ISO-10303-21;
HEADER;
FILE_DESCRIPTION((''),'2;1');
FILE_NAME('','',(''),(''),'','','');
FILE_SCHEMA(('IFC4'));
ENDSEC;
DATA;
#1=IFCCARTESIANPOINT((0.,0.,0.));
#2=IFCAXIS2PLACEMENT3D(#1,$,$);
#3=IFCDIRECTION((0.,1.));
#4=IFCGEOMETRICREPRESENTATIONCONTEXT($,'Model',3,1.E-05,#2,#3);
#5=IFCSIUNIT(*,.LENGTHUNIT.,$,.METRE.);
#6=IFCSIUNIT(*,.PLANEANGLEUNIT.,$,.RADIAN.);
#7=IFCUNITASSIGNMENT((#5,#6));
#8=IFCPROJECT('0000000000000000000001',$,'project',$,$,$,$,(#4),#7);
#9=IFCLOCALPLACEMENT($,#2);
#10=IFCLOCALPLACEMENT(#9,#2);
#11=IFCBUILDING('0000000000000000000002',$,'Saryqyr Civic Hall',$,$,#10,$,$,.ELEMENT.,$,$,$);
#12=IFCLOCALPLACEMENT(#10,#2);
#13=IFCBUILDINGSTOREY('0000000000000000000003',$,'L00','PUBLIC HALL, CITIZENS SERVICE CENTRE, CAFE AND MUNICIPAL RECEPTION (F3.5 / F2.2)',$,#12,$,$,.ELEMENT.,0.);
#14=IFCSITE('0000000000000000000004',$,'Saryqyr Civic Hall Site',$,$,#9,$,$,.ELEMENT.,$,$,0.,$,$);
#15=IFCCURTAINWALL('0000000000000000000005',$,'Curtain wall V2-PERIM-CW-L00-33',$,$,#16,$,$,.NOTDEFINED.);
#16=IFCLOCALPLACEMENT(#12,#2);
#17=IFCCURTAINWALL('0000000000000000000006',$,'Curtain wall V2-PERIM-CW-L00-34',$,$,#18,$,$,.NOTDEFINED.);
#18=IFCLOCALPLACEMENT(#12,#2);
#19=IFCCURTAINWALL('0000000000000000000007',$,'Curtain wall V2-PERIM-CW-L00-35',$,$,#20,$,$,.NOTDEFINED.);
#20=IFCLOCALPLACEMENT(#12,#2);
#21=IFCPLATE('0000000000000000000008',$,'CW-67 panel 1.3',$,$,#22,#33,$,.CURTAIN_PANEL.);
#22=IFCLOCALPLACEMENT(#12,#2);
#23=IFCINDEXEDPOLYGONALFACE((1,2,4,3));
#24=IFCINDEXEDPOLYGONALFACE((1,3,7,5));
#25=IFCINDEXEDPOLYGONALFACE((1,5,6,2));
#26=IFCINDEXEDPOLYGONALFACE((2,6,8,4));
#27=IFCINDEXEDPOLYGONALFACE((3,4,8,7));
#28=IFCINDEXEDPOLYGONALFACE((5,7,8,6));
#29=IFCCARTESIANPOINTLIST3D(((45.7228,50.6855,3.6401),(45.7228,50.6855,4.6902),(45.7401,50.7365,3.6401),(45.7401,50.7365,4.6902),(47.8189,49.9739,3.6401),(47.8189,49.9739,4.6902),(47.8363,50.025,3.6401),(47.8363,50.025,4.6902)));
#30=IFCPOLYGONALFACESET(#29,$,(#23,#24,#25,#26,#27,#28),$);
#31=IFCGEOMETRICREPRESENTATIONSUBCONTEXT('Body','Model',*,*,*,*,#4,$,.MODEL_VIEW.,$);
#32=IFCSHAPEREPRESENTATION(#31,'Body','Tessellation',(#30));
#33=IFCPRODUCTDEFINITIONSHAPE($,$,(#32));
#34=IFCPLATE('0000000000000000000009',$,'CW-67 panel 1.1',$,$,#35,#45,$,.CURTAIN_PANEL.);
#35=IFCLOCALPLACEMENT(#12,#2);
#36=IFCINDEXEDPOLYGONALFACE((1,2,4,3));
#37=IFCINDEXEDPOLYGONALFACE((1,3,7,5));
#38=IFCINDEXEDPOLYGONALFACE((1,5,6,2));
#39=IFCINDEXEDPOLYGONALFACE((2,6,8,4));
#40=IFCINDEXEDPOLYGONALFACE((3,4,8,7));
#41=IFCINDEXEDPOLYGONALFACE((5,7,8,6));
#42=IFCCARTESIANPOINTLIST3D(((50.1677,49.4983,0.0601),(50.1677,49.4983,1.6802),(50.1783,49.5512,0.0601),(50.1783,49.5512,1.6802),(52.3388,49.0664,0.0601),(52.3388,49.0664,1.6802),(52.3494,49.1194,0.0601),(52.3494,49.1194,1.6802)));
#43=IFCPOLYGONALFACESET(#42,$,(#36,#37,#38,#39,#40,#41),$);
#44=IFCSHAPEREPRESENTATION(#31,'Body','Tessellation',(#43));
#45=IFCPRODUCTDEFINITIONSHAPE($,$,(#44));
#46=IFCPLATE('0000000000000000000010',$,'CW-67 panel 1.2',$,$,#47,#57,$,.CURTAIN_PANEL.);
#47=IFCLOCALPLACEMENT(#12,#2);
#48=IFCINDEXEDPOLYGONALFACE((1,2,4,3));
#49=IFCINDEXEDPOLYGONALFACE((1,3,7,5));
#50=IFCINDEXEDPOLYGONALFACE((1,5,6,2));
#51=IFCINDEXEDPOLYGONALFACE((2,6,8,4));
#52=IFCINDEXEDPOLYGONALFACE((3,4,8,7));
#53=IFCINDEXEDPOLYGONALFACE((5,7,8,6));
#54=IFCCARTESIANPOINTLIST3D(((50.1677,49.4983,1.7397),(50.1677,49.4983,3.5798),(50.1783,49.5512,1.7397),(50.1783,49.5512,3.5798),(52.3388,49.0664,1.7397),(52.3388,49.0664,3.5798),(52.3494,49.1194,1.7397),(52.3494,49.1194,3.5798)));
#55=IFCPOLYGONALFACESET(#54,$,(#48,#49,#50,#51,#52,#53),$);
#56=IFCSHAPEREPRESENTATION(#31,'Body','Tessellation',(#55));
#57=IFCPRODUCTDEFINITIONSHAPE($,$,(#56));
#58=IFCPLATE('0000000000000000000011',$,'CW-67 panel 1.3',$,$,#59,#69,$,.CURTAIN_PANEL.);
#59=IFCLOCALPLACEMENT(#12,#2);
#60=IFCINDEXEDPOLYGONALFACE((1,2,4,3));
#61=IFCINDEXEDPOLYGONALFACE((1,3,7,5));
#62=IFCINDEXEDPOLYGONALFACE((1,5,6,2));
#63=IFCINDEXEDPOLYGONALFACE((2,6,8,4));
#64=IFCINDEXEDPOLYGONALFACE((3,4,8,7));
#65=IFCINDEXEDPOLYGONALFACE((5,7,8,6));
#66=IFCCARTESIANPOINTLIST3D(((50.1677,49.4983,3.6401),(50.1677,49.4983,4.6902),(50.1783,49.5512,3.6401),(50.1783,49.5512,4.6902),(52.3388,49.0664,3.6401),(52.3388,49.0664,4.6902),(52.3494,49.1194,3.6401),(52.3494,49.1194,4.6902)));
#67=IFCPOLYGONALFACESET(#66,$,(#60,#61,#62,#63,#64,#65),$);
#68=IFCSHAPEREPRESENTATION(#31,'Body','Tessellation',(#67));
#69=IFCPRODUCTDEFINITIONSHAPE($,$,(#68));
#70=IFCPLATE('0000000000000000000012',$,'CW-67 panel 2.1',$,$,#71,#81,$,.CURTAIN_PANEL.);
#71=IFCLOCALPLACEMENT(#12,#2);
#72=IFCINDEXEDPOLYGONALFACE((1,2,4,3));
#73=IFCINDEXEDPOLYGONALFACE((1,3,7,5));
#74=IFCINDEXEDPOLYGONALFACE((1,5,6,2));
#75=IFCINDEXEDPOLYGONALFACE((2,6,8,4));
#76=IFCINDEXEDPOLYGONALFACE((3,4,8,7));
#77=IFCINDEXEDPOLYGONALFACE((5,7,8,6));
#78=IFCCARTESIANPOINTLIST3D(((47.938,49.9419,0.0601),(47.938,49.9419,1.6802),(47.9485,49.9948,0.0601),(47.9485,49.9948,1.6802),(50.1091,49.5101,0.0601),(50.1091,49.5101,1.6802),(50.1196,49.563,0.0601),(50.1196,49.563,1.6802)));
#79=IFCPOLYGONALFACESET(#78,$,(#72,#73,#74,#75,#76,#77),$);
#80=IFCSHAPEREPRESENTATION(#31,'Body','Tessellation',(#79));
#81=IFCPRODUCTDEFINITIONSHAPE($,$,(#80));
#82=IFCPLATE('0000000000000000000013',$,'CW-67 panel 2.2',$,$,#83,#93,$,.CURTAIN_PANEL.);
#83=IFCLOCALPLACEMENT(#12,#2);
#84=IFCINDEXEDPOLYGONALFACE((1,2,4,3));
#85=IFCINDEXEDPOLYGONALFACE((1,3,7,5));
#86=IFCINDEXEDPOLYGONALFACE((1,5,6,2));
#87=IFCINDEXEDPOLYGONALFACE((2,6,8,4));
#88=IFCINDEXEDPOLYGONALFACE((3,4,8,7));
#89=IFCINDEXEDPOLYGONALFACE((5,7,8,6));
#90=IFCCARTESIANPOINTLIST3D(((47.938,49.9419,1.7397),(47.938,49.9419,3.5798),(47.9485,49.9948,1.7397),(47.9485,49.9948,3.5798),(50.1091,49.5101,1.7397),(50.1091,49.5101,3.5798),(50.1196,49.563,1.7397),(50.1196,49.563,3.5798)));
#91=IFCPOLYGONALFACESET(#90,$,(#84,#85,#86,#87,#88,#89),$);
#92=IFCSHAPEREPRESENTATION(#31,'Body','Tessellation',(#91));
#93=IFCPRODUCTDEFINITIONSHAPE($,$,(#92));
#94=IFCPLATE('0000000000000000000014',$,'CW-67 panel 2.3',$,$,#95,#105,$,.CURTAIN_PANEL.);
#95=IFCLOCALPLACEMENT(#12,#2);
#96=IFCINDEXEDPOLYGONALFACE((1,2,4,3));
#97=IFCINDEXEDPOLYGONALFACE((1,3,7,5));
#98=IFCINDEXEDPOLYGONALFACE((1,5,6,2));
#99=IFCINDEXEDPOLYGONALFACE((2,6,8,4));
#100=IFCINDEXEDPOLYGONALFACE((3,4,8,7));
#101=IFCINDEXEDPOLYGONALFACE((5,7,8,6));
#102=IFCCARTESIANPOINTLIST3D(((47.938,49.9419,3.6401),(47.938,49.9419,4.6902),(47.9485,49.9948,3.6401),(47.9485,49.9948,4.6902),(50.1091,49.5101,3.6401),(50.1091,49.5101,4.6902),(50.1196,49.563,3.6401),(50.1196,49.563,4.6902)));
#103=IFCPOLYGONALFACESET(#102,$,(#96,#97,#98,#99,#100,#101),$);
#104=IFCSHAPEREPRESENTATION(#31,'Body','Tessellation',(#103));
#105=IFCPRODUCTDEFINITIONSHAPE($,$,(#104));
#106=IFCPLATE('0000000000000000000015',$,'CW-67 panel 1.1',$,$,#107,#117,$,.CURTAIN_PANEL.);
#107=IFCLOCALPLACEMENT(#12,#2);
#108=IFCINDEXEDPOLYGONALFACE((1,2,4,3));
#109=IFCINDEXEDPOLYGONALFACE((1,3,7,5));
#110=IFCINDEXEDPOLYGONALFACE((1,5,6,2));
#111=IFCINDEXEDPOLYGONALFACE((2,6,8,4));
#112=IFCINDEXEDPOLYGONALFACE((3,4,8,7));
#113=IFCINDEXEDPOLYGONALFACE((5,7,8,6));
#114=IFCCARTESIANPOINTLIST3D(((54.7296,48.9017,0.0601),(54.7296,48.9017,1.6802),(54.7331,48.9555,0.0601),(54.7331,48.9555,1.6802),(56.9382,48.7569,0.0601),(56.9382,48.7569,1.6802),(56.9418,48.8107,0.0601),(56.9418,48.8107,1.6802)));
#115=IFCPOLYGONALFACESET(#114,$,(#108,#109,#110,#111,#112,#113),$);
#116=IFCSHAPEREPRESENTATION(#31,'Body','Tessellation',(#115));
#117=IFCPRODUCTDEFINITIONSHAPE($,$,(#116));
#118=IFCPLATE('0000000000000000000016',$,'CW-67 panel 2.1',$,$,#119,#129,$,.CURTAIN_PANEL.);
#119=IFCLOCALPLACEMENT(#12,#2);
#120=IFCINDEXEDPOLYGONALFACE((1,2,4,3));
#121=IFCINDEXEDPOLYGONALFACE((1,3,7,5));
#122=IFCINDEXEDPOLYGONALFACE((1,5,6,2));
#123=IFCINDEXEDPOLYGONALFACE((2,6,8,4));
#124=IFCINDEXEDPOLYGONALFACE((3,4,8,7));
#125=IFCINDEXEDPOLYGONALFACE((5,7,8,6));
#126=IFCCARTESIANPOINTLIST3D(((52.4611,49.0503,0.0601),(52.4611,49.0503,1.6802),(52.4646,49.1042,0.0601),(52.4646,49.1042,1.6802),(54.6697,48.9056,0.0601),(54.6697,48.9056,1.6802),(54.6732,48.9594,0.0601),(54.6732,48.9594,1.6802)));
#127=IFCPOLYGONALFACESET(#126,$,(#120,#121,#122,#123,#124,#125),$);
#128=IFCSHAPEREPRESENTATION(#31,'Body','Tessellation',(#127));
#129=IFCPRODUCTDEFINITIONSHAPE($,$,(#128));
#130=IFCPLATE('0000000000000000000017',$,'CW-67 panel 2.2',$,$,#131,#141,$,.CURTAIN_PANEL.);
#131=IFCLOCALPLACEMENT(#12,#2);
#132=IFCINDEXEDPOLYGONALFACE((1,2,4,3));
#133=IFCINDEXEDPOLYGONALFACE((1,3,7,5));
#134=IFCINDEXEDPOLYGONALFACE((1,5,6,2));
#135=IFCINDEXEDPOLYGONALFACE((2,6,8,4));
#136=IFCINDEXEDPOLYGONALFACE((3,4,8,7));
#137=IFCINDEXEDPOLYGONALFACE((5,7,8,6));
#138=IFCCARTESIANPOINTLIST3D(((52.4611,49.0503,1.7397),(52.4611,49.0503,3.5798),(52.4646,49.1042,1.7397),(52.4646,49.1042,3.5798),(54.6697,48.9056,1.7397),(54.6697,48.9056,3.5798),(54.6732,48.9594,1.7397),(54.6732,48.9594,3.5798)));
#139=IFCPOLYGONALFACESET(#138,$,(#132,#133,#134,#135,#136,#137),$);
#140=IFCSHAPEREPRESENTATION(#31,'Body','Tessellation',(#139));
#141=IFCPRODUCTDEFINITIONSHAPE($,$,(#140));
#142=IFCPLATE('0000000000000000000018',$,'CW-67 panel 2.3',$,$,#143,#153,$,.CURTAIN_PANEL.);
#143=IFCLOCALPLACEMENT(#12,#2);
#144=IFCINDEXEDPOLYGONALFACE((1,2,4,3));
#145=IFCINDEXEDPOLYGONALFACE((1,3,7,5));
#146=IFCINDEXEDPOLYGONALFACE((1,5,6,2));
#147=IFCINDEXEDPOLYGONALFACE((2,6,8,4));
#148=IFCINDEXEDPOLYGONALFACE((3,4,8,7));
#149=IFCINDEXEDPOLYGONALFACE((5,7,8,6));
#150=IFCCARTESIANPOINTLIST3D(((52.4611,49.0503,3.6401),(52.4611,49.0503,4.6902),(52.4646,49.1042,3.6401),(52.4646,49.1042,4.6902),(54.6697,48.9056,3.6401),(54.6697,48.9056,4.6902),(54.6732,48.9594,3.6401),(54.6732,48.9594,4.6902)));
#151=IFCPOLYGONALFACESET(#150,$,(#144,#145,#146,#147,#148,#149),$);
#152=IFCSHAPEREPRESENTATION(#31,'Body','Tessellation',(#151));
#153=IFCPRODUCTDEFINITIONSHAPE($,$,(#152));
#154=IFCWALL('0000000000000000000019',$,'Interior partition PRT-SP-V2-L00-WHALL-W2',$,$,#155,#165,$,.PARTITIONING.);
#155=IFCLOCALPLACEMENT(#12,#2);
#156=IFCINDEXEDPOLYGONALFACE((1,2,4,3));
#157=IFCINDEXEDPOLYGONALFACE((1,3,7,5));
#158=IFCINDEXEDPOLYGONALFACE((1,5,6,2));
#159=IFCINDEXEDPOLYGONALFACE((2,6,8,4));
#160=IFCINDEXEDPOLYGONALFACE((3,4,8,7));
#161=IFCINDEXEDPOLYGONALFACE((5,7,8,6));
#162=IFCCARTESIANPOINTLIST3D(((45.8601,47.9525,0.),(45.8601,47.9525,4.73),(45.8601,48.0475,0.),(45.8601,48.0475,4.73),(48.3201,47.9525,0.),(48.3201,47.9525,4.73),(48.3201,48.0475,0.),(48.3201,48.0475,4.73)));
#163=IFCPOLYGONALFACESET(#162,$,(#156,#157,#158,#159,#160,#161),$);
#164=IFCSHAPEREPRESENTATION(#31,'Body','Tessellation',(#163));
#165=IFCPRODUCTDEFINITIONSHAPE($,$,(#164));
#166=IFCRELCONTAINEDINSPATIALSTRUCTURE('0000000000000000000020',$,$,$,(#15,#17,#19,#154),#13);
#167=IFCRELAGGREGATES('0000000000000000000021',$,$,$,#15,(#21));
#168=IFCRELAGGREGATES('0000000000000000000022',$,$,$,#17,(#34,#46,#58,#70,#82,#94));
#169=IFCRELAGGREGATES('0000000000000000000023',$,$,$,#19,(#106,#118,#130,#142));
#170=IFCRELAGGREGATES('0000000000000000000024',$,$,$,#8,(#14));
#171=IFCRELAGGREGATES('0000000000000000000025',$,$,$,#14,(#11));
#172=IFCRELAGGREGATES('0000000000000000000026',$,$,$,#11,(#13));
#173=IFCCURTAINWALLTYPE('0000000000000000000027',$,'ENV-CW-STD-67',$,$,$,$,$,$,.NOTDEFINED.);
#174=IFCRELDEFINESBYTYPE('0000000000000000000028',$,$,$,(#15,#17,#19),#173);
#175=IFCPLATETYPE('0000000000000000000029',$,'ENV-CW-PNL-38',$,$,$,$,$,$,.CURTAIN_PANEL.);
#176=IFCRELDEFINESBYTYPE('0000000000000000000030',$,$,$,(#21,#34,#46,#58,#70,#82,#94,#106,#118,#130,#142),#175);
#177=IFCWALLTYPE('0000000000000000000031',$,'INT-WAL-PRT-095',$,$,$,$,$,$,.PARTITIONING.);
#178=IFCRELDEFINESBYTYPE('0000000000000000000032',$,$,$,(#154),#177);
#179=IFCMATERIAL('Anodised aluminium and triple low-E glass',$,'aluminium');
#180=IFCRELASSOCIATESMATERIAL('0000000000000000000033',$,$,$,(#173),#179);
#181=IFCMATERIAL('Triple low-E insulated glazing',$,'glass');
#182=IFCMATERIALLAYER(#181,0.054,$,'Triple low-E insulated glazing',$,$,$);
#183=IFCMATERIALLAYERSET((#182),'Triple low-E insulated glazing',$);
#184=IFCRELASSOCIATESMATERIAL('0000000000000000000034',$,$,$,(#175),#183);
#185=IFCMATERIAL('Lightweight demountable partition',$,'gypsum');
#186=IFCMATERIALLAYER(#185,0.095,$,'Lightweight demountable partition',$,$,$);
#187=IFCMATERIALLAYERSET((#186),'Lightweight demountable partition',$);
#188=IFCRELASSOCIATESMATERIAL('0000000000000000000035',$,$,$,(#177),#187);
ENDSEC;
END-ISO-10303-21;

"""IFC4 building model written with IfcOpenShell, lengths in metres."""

from ifc_helpers import new_model, si_unit, direction, frame, frame_2d, origin, origin_2d, place, context, subcontext, project, spatial, rectangle, extrude, material, layer, layer_set, type_object, element, aggregate, save


model = new_model("IFC4")

# Units and contexts
model_context = context("Model", 3, precision=1e-05, world=origin(), true_north=direction((0.0, 1.0)))
body_context = subcontext(model_context, "Body", "Model", "MODEL_VIEW")
ifc_project = project(units=[si_unit("LENGTHUNIT", "METRE"), si_unit("PLANEANGLEUNIT", "RADIAN")], contexts=[model_context])

# Site, building, storey
site_placement = place(None, origin())
site = spatial("IfcSite", under=ifc_project, at=site_placement, Name="Saryqyr Civic Hall Site", CompositionType="ELEMENT", RefElevation=0.0)
building_placement = place(site_placement, origin())
building = spatial("IfcBuilding", under=site, at=building_placement, Name="Saryqyr Civic Hall", CompositionType="ELEMENT")
storey_placement = place(building_placement, origin())
storey = spatial("IfcBuildingStorey", under=building, at=storey_placement, Name="L00", Description="PUBLIC HALL, CITIZENS SERVICE CENTRE, CAFE AND MUNICIPAL RECEPTION (F3.5 / F2.2)", CompositionType="ELEMENT", Elevation=0.0)

# Curtain wall
ifc_material_1 = material(Name="Anodised aluminium and triple low-E glass", Category="aluminium")
curtain_wall_type_1 = type_object("IfcCurtainWallType", Name="ENV-CW-STD-67", PredefinedType="NOTDEFINED", material=ifc_material_1)
curtain_wall_1_placement = place(storey_placement, origin())
curtain_wall_1 = element("IfcCurtainWall", 1, at=curtain_wall_1_placement, inside=storey, type_object=curtain_wall_type_1, Name="Curtain wall V2-PERIM-CW-L00-33", PredefinedType="NOTDEFINED")

# Curtain walls
curtain_wall_2_placement = place(storey_placement, origin())
curtain_wall_2 = element("IfcCurtainWall", 2, at=curtain_wall_2_placement, inside=storey, type_object=curtain_wall_type_1, Name="Curtain wall V2-PERIM-CW-L00-34", PredefinedType="NOTDEFINED")
curtain_wall_3_placement = place(storey_placement, origin())
curtain_wall_3 = element("IfcCurtainWall", 3, at=curtain_wall_3_placement, inside=storey, type_object=curtain_wall_type_1, Name="Curtain wall V2-PERIM-CW-L00-35", PredefinedType="NOTDEFINED")

# Plates
ifc_material_2 = material(Name="Triple low-E insulated glazing", Category="glass")
ifc_layer_1 = layer(ifc_material_2, 0.054, Name="Triple low-E insulated glazing")
ifc_layer_set_1 = layer_set([ifc_layer_1], Name="Triple low-E insulated glazing")
plate_type = type_object("IfcPlateType", Name="ENV-CW-PNL-38", PredefinedType="CURTAIN_PANEL", material=ifc_layer_set_1)
plate_1_placement = place(storey_placement, frame((46.7795, 50.3552, 3.6401), z_axis=(0.0, 0.0, 1.0), x_axis=(-0.946928, 0.321445, 0.0)))
plate_1 = element("IfcPlate", 4, at=plate_1_placement, type_object=plate_type, Name="CW-67 panel 1.3", PredefinedType="CURTAIN_PANEL", context=body_context, shape_type="SweptSolid", body=[
    extrude(rectangle(XDim=2.2136, YDim=0.054, at=origin_2d()), origin(), (0.0, 0.0, 1.0), 1.05),
])
aggregate(curtain_wall_1, [plate_1])
plate_2_placement = place(storey_placement, frame((51.2585, 49.3088, 0.0601), z_axis=(0.0, 0.0, 1.0), x_axis=(-0.980785, 0.195093, 0.0)))
plate_2 = element("IfcPlate", 5, at=plate_2_placement, type_object=plate_type, Name="CW-67 panel 1.1", PredefinedType="CURTAIN_PANEL", context=body_context, shape_type="SweptSolid", body=[
    extrude(rectangle(XDim=2.2136, YDim=0.054, at=origin_2d()), origin(), (0.0, 0.0, 1.0), 1.6201),
])
plate_3_placement = place(storey_placement, frame((51.2585, 49.3088, 1.7397), z_axis=(0.0, 0.0, 1.0), x_axis=(-0.980785, 0.195093, 0.0)))
plate_3 = element("IfcPlate", 6, at=plate_3_placement, type_object=plate_type, Name="CW-67 panel 1.2", PredefinedType="CURTAIN_PANEL", context=body_context, shape_type="SweptSolid", body=[
    extrude(rectangle(XDim=2.2136, YDim=0.054, at=origin_2d()), origin(), (0.0, 0.0, 1.0), 1.8401),
])
plate_4_placement = place(storey_placement, frame((51.2585, 49.3088, 3.6401), z_axis=(0.0, 0.0, 1.0), x_axis=(-0.980785, 0.195093, 0.0)))
plate_4 = element("IfcPlate", 7, at=plate_4_placement, type_object=plate_type, Name="CW-67 panel 1.3", PredefinedType="CURTAIN_PANEL", context=body_context, shape_type="SweptSolid", body=[
    extrude(rectangle(XDim=2.2136, YDim=0.054, at=origin_2d()), origin(), (0.0, 0.0, 1.0), 1.05),
])
plate_5_placement = place(storey_placement, frame((49.0288, 49.7524, 0.0601), z_axis=(0.0, 0.0, 1.0), x_axis=(-0.980785, 0.195093, 0.0)))
plate_5 = element("IfcPlate", 8, at=plate_5_placement, type_object=plate_type, Name="CW-67 panel 2.1", PredefinedType="CURTAIN_PANEL", context=body_context, shape_type="SweptSolid", body=[
    extrude(rectangle(XDim=2.2136, YDim=0.054, at=origin_2d()), origin(), (0.0, 0.0, 1.0), 1.6201),
])
plate_6_placement = place(storey_placement, frame((49.0288, 49.7524, 1.7397), z_axis=(0.0, 0.0, 1.0), x_axis=(-0.980785, 0.195093, 0.0)))
plate_6 = element("IfcPlate", 9, at=plate_6_placement, type_object=plate_type, Name="CW-67 panel 2.2", PredefinedType="CURTAIN_PANEL", context=body_context, shape_type="SweptSolid", body=[
    extrude(rectangle(XDim=2.2136, YDim=0.054, at=origin_2d()), origin(), (0.0, 0.0, 1.0), 1.8401),
])
plate_7_placement = place(storey_placement, frame((49.0288, 49.7524, 3.6401), z_axis=(0.0, 0.0, 1.0), x_axis=(-0.980785, 0.195093, 0.0)))
plate_7 = element("IfcPlate", 10, at=plate_7_placement, type_object=plate_type, Name="CW-67 panel 2.3", PredefinedType="CURTAIN_PANEL", context=body_context, shape_type="SweptSolid", body=[
    extrude(rectangle(XDim=2.2136, YDim=0.054, at=origin_2d()), origin(), (0.0, 0.0, 1.0), 1.05),
])
aggregate(curtain_wall_2, [plate_2, plate_3, plate_4, plate_5, plate_6, plate_7])
plate_8_placement = place(storey_placement, frame((55.8357, 48.8562, 0.0601), z_axis=(0.0, 0.0, 1.0), x_axis=(-0.997859, 0.065401, 0.0)))
plate_8 = element("IfcPlate", 11, at=plate_8_placement, type_object=plate_type, Name="CW-67 panel 1.1", PredefinedType="CURTAIN_PANEL", context=body_context, shape_type="SweptSolid", body=[
    extrude(rectangle(XDim=2.2134, YDim=0.054, at=origin_2d()), origin(), (0.0, 0.0, 1.0), 1.6201),
])
plate_9_placement = place(storey_placement, frame((53.5671, 49.0049, 0.0601), z_axis=(0.0, 0.0, 1.0), x_axis=(-0.997859, 0.065401, 0.0)))
plate_9 = element("IfcPlate", 12, at=plate_9_placement, type_object=plate_type, Name="CW-67 panel 2.1", PredefinedType="CURTAIN_PANEL", context=body_context, shape_type="SweptSolid", body=[
    extrude(rectangle(XDim=2.2134, YDim=0.054, at=origin_2d()), origin(), (0.0, 0.0, 1.0), 1.6201),
])
plate_10_placement = place(storey_placement, frame((53.5671, 49.0049, 1.7397), z_axis=(0.0, 0.0, 1.0), x_axis=(-0.997859, 0.065401, 0.0)))
plate_10 = element("IfcPlate", 13, at=plate_10_placement, type_object=plate_type, Name="CW-67 panel 2.2", PredefinedType="CURTAIN_PANEL", context=body_context, shape_type="SweptSolid", body=[
    extrude(rectangle(XDim=2.2134, YDim=0.054, at=origin_2d()), origin(), (0.0, 0.0, 1.0), 1.8401),
])
plate_11_placement = place(storey_placement, frame((53.5671, 49.0049, 3.6401), z_axis=(0.0, 0.0, 1.0), x_axis=(-0.997859, 0.065401, 0.0)))
plate_11 = element("IfcPlate", 14, at=plate_11_placement, type_object=plate_type, Name="CW-67 panel 2.3", PredefinedType="CURTAIN_PANEL", context=body_context, shape_type="SweptSolid", body=[
    extrude(rectangle(XDim=2.2134, YDim=0.054, at=origin_2d()), origin(), (0.0, 0.0, 1.0), 1.05),
])
aggregate(curtain_wall_3, [plate_8, plate_9, plate_10, plate_11])

# Wall
ifc_material_3 = material(Name="Lightweight demountable partition", Category="gypsum")
ifc_layer_2 = layer(ifc_material_3, 0.095, Name="Lightweight demountable partition")
ifc_layer_set_2 = layer_set([ifc_layer_2], Name="Lightweight demountable partition")
wall_type = type_object("IfcWallType", Name="INT-WAL-PRT-095", PredefinedType="PARTITIONING", material=ifc_layer_set_2)
wall_placement = place(storey_placement, frame((48.3201, 48.0, 0.0), z_axis=(0.0, 0.0, 1.0), x_axis=(-1.0, 0.0, 0.0)))
element("IfcWall", 15, at=wall_placement, inside=storey, type_object=wall_type, Name="Interior partition PRT-SP-V2-L00-WHALL-W2", PredefinedType="PARTITIONING", context=body_context, shape_type="SweptSolid", body=[
    extrude(rectangle(XDim=2.46, YDim=0.095, at=frame_2d((1.23, 0.0))), origin(), (0.0, 0.0, 1.0), 4.73),
])

save(model, "model.ifc")
